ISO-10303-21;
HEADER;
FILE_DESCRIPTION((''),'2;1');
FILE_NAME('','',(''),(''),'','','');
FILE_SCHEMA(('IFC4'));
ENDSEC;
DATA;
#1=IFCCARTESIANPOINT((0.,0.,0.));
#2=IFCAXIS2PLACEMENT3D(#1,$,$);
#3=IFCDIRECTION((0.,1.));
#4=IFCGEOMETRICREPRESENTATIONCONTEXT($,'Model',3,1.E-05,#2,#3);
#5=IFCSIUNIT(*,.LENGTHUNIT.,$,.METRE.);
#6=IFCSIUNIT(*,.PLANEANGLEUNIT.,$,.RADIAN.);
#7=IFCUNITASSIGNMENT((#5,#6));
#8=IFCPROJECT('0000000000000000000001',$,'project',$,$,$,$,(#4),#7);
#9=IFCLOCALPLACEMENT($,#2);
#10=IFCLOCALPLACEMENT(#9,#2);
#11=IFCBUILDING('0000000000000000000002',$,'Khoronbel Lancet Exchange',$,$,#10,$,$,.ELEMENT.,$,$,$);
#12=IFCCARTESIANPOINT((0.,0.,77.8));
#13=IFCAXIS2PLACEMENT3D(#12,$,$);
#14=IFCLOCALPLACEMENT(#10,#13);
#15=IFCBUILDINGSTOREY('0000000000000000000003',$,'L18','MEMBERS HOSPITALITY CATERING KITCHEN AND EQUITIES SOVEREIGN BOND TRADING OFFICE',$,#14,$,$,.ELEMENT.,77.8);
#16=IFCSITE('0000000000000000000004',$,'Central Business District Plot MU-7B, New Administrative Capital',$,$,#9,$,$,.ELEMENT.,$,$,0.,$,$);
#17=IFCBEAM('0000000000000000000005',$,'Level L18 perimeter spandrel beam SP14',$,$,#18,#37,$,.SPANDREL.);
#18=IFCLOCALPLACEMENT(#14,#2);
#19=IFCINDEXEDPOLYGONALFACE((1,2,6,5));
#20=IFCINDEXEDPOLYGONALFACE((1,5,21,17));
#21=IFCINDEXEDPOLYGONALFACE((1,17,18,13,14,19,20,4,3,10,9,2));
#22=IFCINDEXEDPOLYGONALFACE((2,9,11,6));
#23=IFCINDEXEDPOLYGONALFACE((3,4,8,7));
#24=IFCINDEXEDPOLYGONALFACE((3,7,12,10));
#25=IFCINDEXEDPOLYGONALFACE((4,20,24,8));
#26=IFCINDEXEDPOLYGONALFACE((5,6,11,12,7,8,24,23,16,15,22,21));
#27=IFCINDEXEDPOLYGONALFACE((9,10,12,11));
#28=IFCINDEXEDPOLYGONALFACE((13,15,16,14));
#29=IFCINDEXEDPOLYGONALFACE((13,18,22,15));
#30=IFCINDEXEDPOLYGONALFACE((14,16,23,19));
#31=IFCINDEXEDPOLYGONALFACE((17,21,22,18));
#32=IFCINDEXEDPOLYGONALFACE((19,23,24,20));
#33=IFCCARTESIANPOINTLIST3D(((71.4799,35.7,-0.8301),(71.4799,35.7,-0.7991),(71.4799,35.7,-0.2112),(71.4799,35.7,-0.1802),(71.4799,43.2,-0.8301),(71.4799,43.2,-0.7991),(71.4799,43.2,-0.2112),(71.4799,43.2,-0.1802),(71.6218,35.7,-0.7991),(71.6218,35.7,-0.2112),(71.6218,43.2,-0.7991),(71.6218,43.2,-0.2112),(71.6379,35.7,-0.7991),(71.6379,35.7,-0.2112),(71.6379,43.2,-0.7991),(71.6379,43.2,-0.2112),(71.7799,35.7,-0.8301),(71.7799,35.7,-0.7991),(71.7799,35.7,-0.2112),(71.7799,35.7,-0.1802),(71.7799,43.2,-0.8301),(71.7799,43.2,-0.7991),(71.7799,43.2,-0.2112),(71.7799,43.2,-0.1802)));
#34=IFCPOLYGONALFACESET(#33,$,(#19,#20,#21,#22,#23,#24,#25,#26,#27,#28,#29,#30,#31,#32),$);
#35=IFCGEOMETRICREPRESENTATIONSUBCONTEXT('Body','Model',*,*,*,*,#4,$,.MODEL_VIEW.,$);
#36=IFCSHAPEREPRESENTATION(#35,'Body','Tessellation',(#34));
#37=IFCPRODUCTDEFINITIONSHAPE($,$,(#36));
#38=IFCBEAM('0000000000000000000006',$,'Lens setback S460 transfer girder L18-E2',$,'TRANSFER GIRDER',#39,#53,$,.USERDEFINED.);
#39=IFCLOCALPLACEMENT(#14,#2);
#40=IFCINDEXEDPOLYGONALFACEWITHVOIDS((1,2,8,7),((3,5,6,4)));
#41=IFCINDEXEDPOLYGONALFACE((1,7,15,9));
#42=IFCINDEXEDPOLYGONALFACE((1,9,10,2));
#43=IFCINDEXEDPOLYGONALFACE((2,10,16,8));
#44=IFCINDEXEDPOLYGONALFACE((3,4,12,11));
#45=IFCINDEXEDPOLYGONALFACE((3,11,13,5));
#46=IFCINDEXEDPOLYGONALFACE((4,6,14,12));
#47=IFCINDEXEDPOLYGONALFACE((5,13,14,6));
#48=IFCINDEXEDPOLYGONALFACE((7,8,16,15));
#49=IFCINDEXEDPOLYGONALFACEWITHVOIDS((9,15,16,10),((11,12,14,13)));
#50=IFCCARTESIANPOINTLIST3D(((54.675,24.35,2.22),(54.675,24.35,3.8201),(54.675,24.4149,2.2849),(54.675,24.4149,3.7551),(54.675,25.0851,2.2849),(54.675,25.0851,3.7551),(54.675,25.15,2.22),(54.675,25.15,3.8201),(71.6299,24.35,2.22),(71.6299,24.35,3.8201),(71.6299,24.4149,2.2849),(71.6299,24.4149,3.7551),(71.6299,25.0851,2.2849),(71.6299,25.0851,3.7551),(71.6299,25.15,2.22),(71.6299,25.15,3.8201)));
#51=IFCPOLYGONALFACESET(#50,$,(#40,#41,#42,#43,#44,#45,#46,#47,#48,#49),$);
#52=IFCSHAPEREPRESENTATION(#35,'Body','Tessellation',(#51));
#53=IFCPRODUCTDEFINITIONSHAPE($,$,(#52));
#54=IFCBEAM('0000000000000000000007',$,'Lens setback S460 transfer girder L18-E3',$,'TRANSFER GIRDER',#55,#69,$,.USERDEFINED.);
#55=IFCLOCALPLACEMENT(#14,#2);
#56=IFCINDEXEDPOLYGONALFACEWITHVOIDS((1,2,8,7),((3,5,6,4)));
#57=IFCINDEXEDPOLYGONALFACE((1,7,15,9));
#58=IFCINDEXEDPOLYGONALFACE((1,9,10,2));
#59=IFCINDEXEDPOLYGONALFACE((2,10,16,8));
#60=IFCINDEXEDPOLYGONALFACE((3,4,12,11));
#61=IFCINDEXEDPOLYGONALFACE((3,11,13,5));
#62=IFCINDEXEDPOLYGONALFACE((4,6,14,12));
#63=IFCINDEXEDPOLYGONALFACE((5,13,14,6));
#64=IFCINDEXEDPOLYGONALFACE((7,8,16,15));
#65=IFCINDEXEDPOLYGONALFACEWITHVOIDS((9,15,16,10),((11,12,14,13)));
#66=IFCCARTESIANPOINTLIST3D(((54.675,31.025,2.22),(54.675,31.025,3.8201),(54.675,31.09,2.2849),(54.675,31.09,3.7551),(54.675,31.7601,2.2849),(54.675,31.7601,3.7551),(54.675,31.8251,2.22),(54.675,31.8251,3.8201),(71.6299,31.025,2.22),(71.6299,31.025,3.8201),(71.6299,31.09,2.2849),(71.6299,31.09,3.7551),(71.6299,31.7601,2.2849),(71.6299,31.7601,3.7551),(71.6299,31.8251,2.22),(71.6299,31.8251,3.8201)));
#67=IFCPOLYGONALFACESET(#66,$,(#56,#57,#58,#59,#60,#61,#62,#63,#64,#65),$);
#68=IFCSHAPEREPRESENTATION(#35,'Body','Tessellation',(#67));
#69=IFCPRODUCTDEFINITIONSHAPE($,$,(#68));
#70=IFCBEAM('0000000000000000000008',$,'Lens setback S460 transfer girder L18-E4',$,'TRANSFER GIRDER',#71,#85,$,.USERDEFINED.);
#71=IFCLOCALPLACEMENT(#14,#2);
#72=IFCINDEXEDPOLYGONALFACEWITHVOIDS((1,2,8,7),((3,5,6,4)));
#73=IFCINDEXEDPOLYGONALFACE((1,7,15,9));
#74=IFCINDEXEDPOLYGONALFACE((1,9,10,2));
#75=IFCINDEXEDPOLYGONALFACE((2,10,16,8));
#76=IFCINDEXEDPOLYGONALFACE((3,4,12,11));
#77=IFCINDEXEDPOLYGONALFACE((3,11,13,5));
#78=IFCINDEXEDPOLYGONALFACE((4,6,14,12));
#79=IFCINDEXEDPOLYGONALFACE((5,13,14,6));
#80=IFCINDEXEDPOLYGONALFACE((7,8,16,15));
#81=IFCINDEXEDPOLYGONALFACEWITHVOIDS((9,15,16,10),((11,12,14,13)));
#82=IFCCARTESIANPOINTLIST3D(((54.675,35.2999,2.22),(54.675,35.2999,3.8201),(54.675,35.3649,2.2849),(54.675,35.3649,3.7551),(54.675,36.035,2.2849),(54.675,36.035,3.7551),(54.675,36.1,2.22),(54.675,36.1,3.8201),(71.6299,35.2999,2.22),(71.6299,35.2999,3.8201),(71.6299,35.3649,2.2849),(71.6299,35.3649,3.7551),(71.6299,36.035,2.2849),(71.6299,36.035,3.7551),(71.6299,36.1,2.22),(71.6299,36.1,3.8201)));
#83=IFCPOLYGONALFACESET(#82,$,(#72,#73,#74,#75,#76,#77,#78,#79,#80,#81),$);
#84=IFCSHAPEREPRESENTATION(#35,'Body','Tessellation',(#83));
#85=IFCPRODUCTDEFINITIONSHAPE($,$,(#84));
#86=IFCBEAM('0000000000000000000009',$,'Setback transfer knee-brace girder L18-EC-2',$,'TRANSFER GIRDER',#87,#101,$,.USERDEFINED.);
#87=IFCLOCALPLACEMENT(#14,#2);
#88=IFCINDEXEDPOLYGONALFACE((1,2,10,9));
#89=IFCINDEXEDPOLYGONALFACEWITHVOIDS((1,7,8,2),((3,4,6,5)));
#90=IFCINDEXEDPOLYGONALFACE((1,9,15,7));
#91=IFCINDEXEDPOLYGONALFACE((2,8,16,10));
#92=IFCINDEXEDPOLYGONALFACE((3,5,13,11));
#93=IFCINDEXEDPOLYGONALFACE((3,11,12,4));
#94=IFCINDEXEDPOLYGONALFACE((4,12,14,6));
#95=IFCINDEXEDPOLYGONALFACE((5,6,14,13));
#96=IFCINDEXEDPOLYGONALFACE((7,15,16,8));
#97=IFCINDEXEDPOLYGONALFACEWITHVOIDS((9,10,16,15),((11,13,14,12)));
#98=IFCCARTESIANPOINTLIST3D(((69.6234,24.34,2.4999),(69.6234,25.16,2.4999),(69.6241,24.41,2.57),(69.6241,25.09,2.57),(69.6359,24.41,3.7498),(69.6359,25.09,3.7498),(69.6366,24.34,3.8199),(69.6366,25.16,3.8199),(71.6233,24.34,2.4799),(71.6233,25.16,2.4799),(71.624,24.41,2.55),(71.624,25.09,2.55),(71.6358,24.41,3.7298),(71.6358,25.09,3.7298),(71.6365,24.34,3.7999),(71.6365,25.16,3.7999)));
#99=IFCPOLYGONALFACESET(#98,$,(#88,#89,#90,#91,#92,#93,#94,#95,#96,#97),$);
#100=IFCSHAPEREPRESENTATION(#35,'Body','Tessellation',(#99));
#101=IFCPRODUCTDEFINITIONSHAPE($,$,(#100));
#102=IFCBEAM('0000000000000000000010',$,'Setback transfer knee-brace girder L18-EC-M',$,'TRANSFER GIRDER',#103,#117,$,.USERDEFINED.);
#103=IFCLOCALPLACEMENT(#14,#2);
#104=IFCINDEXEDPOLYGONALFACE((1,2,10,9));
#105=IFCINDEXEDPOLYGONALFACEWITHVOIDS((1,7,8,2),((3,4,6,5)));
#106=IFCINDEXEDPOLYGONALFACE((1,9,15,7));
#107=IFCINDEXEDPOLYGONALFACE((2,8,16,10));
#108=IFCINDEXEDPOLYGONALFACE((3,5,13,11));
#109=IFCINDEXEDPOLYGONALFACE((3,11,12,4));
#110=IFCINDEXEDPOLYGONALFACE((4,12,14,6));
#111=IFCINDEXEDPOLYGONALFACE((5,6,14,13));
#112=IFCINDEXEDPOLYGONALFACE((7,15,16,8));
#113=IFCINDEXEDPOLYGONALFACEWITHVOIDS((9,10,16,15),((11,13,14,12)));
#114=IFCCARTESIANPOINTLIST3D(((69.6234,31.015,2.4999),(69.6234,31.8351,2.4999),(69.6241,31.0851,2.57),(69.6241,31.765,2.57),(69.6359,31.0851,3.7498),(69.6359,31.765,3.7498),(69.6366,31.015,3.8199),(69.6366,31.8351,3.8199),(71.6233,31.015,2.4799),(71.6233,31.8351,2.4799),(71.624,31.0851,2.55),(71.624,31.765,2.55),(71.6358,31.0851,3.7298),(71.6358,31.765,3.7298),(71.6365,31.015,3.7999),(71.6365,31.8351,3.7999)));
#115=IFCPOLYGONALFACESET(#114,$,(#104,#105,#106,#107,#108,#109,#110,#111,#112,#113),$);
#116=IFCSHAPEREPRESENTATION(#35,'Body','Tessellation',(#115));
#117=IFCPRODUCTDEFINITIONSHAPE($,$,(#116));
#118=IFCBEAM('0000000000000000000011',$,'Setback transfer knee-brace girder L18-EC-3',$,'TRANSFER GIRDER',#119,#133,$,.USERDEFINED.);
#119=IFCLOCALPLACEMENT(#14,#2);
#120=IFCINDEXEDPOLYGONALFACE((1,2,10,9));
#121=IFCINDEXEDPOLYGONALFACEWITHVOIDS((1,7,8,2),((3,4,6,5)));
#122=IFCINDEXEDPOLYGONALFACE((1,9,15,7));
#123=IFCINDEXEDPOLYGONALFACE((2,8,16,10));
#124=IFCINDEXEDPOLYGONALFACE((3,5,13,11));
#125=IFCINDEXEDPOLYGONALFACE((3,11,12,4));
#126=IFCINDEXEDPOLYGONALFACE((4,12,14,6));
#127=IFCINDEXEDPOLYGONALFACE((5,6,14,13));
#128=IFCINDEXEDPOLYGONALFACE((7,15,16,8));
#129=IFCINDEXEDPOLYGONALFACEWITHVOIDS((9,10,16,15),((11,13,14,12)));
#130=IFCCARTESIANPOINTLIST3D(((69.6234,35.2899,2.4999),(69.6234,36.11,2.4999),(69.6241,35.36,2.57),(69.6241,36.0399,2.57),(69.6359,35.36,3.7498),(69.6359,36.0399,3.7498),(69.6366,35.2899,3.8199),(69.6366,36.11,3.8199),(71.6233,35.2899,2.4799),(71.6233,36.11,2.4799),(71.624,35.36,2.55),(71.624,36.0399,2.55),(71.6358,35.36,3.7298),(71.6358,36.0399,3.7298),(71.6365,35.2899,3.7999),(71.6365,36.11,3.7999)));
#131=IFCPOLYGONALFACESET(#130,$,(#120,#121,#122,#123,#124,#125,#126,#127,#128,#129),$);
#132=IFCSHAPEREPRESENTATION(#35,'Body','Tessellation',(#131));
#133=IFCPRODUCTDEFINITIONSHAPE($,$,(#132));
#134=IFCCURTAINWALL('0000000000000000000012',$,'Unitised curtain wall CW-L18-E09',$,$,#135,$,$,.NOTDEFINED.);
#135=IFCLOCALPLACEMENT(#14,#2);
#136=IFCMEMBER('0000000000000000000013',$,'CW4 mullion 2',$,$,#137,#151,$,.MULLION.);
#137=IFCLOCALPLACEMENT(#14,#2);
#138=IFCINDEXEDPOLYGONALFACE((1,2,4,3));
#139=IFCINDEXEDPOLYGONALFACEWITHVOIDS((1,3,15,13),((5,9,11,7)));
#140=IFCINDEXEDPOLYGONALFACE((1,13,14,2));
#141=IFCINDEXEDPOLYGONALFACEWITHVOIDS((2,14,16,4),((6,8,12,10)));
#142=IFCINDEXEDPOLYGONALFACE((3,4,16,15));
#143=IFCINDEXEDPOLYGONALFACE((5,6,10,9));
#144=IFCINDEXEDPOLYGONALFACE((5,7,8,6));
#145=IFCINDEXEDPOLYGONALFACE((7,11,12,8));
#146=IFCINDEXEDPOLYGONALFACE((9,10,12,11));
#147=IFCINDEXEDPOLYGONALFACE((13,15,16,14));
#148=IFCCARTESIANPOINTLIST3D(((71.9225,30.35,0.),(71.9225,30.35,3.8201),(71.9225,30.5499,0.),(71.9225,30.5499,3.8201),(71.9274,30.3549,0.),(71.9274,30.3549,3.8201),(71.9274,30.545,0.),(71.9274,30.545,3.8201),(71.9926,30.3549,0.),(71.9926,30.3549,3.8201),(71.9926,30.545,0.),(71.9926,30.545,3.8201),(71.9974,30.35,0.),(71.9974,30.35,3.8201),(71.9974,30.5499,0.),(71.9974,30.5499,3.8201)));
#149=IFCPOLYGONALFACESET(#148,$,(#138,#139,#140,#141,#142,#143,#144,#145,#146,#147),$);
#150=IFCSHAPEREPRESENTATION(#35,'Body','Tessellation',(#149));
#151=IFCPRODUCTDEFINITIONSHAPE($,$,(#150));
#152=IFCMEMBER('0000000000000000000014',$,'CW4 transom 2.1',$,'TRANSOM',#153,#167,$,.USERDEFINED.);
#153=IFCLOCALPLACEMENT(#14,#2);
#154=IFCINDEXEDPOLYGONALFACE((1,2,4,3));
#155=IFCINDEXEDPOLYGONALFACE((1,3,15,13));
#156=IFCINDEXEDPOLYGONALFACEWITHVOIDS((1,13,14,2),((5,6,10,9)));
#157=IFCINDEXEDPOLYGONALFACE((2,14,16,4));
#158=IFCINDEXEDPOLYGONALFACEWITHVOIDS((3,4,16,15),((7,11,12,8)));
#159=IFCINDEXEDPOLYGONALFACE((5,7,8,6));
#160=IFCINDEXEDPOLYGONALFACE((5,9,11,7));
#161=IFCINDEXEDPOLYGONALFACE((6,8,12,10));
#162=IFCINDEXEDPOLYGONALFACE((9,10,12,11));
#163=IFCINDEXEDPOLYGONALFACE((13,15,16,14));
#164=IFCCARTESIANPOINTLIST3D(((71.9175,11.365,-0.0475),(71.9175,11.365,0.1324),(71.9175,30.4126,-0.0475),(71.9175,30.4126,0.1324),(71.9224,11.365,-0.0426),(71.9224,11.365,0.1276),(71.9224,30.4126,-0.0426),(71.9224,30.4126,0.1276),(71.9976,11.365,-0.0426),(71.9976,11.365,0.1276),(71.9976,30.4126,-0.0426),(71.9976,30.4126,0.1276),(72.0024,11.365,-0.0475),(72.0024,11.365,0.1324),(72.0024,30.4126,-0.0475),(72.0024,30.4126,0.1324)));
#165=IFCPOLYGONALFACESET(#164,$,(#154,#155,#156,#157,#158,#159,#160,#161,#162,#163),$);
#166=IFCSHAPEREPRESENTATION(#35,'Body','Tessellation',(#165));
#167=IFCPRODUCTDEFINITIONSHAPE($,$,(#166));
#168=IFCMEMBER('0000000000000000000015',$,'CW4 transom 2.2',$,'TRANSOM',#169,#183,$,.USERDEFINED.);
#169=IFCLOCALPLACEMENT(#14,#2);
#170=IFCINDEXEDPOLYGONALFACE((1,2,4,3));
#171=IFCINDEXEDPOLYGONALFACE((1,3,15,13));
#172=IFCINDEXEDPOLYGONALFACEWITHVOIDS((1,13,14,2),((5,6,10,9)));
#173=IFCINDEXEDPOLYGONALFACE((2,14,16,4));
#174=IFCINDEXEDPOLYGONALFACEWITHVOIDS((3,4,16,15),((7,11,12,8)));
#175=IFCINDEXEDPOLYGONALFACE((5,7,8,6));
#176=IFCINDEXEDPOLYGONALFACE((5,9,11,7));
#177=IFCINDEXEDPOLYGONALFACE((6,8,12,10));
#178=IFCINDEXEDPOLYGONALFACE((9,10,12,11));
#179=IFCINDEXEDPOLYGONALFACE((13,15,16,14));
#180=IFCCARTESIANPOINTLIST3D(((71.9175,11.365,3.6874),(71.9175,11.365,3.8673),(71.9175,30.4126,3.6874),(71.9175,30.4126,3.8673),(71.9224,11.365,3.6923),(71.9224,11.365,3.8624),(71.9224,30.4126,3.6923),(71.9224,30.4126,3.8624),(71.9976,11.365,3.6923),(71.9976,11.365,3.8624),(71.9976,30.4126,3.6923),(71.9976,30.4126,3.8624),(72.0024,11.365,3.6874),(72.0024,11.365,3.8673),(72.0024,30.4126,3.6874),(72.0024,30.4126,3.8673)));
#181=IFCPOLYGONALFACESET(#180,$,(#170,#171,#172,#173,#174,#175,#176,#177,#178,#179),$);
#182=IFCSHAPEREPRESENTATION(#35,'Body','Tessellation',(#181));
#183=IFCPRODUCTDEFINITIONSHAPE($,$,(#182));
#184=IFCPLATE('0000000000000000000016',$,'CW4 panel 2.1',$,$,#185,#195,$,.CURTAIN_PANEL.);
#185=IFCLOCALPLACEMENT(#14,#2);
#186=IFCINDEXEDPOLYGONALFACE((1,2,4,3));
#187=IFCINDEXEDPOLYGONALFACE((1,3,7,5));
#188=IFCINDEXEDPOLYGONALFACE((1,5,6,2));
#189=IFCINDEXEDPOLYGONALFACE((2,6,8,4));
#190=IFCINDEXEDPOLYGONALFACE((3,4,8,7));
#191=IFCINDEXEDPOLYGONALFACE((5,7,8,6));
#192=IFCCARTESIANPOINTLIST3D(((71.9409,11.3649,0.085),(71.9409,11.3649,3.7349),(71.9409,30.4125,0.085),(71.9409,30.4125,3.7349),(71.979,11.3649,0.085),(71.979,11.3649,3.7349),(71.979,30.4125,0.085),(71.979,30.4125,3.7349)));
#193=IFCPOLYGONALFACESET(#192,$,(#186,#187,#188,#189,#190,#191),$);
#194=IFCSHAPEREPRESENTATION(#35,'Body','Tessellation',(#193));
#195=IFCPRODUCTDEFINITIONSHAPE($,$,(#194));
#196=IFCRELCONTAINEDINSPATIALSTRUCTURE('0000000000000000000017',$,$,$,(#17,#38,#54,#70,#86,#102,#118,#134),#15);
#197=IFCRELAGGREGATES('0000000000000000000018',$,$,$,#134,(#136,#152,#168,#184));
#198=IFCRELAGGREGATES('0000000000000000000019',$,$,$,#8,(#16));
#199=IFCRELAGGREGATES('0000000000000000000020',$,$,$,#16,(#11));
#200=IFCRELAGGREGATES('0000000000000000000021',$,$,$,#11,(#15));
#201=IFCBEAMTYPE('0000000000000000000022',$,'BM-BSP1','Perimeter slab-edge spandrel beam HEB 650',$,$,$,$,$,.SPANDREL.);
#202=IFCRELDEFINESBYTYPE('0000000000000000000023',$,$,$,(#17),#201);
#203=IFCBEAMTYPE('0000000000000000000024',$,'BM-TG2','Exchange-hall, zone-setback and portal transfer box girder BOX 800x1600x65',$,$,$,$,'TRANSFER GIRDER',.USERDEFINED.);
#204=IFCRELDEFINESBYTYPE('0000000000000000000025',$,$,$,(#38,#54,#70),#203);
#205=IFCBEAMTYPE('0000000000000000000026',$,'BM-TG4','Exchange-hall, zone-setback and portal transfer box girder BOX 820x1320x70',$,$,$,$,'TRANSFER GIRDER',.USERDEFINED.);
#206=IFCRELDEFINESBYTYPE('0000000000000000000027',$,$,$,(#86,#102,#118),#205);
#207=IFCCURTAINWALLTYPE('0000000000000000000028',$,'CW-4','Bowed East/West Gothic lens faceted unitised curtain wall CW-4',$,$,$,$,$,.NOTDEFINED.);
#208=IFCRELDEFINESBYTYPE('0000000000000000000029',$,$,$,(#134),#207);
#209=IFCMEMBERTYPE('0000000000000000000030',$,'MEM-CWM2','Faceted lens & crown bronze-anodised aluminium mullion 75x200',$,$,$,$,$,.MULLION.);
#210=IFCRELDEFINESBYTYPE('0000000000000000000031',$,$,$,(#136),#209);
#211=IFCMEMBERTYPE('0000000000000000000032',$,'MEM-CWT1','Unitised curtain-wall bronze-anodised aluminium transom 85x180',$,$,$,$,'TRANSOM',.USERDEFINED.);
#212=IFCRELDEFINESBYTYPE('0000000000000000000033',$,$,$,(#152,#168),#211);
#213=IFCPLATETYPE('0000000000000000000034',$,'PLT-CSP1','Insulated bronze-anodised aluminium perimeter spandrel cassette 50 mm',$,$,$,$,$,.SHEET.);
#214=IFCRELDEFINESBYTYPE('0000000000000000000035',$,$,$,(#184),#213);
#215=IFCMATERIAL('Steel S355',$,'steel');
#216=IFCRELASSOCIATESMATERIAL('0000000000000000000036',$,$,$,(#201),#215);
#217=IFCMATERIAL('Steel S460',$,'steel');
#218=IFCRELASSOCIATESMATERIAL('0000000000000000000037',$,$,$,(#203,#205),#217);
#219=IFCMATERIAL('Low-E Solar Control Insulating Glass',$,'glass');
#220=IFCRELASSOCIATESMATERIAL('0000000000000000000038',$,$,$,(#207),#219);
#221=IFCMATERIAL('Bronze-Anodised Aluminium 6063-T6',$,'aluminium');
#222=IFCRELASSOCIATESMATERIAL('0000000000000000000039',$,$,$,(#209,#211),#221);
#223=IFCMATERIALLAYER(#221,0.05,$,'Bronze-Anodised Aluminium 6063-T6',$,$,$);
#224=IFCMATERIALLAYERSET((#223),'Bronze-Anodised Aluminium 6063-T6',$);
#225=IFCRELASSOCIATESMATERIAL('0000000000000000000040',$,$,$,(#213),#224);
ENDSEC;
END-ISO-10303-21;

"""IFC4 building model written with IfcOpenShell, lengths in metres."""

from ifc_helpers import new_model, si_unit, direction, frame, origin, origin_2d, place, context, subcontext, project, spatial, rectangle, hollow_rectangle, i_section, extrude, material, layer, layer_set, material_profile, profile_set, type_object, element, aggregate, save


model = new_model("IFC4")

# Units and contexts
model_context = context("Model", 3, precision=1e-05, world=origin(), true_north=direction((0.0, 1.0)))
body_context = subcontext(model_context, "Body", "Model", "MODEL_VIEW")
ifc_project = project(units=[si_unit("LENGTHUNIT", "METRE"), si_unit("PLANEANGLEUNIT", "RADIAN")], contexts=[model_context])

# Site, building, storey
site_placement = place(None, origin())
site = spatial("IfcSite", under=ifc_project, at=site_placement, Name="Central Business District Plot MU-7B, New Administrative Capital", CompositionType="ELEMENT", RefElevation=0.0)
building_placement = place(site_placement, origin())
building = spatial("IfcBuilding", under=site, at=building_placement, Name="Khoronbel Lancet Exchange", CompositionType="ELEMENT")
storey_placement = place(building_placement, frame((0.0, 0.0, 77.8)))
storey = spatial("IfcBuildingStorey", under=building, at=storey_placement, Name="L18", Description="MEMBERS HOSPITALITY CATERING KITCHEN AND EQUITIES SOVEREIGN BOND TRADING OFFICE", CompositionType="ELEMENT", Elevation=77.8)

# Shared definitions
ifc_material_1 = material(Name="Steel S460", Category="steel")
ifc_material_2 = material(Name="Steel S355", Category="steel")

# Beams
ifc_material_profile_1 = material_profile(ifc_material_2, i_section(OverallWidth=0.3, OverallDepth=0.6499, WebThickness=0.0161, FlangeThickness=0.031, at=origin_2d()), Name="HEB 650")
ifc_profile_set_1 = profile_set([ifc_material_profile_1], Name="Steel S355")
beam_type_1 = type_object("IfcBeamType", Name="BM-BSP1", Description="Perimeter slab-edge spandrel beam HEB 650", PredefinedType="SPANDREL", material=ifc_profile_set_1)
beam_1_placement = place(storey_placement, frame((71.6299, 35.7, -0.5051), z_axis=(0.0, 1.0, 0.0), x_axis=(-1.0, 0.0, 0.0)))
element("IfcBeam", 1, at=beam_1_placement, inside=storey, type_object=beam_type_1, Name="Level L18 perimeter spandrel beam SP14", PredefinedType="SPANDREL", context=body_context, shape_type="SweptSolid", body=[
    extrude(i_section(OverallWidth=0.3, OverallDepth=0.6499, WebThickness=0.0161, FlangeThickness=0.031, at=origin_2d()), origin(), (0.0, 0.0, 1.0), 7.5),
])
ifc_material_profile_2 = material_profile(ifc_material_1, hollow_rectangle(XDim=0.8, YDim=1.6001, WallThickness=0.0649, at=origin_2d()), Name="BOX 800x1600x65")
ifc_profile_set_2 = profile_set([ifc_material_profile_2], Name="Steel S460")
beam_type_2 = type_object("IfcBeamType", Name="BM-TG2", Description="Exchange-hall, zone-setback and portal transfer box girder BOX 800x1600x65", ElementType="TRANSFER GIRDER", PredefinedType="USERDEFINED", material=ifc_profile_set_2)
for number, where, z_axis, x_axis, name in (
    (2, (54.675, 24.75, 3.02), (1.0, 0.0, 0.0), (0.0, 1.0, 0.0), "Lens setback S460 transfer girder L18-E2"),
    (3, (54.675, 31.425, 3.02), (1.0, 0.0, 0.0), (0.0, 1.0, 0.0), "Lens setback S460 transfer girder L18-E3"),
    (4, (54.675, 35.7, 3.02), (1.0, 0.0, 0.0), (0.0, 1.0, 0.0), "Lens setback S460 transfer girder L18-E4"),
):
    element("IfcBeam", number, at=place(storey_placement, frame(where, z_axis=z_axis, x_axis=x_axis)), inside=storey, type_object=beam_type_2, Name=name, ObjectType="TRANSFER GIRDER", PredefinedType="USERDEFINED", context=body_context, shape_type="SweptSolid", body=[
        extrude(hollow_rectangle(XDim=0.8, YDim=1.6001, WallThickness=0.0649, at=origin_2d()), origin(), (0.0, 0.0, 1.0), 16.9548),
    ])
ifc_material_profile_3 = material_profile(ifc_material_1, hollow_rectangle(XDim=0.8201, YDim=1.3201, WallThickness=0.0701, at=origin_2d()), Name="BOX 820x1320x70")
ifc_profile_set_3 = profile_set([ifc_material_profile_3], Name="Steel S460")
beam_type_3 = type_object("IfcBeamType", Name="BM-TG4", Description="Exchange-hall, zone-setback and portal transfer box girder BOX 820x1320x70", ElementType="TRANSFER GIRDER", PredefinedType="USERDEFINED", material=ifc_profile_set_3)
for number, where, z_axis, x_axis, name in (
    (5, (71.6299, 24.75, 3.1399), (-0.99995, 0.0, 0.010009), (0.0, -1.0, 0.0), "Setback transfer knee-brace girder L18-EC-2"),
    (6, (71.6299, 31.425, 3.1399), (-0.99995, 0.0, 0.010009), (0.0, -1.0, 0.0), "Setback transfer knee-brace girder L18-EC-M"),
    (7, (71.6299, 35.7, 3.1399), (-0.99995, 0.0, 0.010009), (0.0, -1.0, 0.0), "Setback transfer knee-brace girder L18-EC-3"),
):
    element("IfcBeam", number, at=place(storey_placement, frame(where, z_axis=z_axis, x_axis=x_axis)), inside=storey, type_object=beam_type_3, Name=name, ObjectType="TRANSFER GIRDER", PredefinedType="USERDEFINED", context=body_context, shape_type="SweptSolid", body=[
        extrude(hollow_rectangle(XDim=0.8201, YDim=1.3201, WallThickness=0.0701, at=origin_2d()), origin(), (0.0, 0.0, 1.0), 2.0),
    ])

# Curtain wall, members, plate
ifc_material_3 = material(Name="Low-E Solar Control Insulating Glass", Category="glass")
curtain_wall_type = type_object("IfcCurtainWallType", Name="CW-4", Description="Bowed East/West Gothic lens faceted unitised curtain wall CW-4", PredefinedType="NOTDEFINED", material=ifc_material_3)
curtain_wall_placement = place(storey_placement, origin())
curtain_wall = element("IfcCurtainWall", 8, at=curtain_wall_placement, inside=storey, type_object=curtain_wall_type, Name="Unitised curtain wall CW-L18-E09", PredefinedType="NOTDEFINED")
ifc_material_4 = material(Name="Bronze-Anodised Aluminium 6063-T6", Category="aluminium")
ifc_material_profile_4 = material_profile(ifc_material_4, hollow_rectangle(XDim=0.075, YDim=0.2, WallThickness=0.0049, at=origin_2d()), Name="ALU MULLION 75x200")
ifc_profile_set_4 = profile_set([ifc_material_profile_4], Name="Bronze-Anodised Aluminium 6063-T6")
member_type_1 = type_object("IfcMemberType", Name="MEM-CWM2", Description="Faceted lens & crown bronze-anodised aluminium mullion 75x200", PredefinedType="MULLION", material=ifc_profile_set_4)
member_1_placement = place(storey_placement, frame((71.96, 30.45, 0.0), z_axis=(0.0, 0.0, 1.0), x_axis=(1.0, 0.0, 0.0)))
member_1 = element("IfcMember", 9, at=member_1_placement, type_object=member_type_1, Name="CW4 mullion 2", PredefinedType="MULLION", context=body_context, shape_type="SweptSolid", body=[
    extrude(hollow_rectangle(XDim=0.075, YDim=0.2, WallThickness=0.0049, at=origin_2d()), origin(), (0.0, 0.0, 1.0), 3.8201),
])
ifc_material_profile_5 = material_profile(ifc_material_4, hollow_rectangle(XDim=0.085, YDim=0.1799, WallThickness=0.0049, at=origin_2d()), Name="ALU TRANSOM 85x180")
ifc_profile_set_5 = profile_set([ifc_material_profile_5], Name="Bronze-Anodised Aluminium 6063-T6")
member_type_2 = type_object("IfcMemberType", Name="MEM-CWT1", Description="Unitised curtain-wall bronze-anodised aluminium transom 85x180", ElementType="TRANSOM", PredefinedType="USERDEFINED", material=ifc_profile_set_5)
member_2_placement = place(storey_placement, frame((71.96, 30.4126, 0.0425), z_axis=(0.0, -1.0, 0.0), x_axis=(1.0, 0.0, 0.0)))
member_2 = element("IfcMember", 10, at=member_2_placement, type_object=member_type_2, Name="CW4 transom 2.1", ObjectType="TRANSOM", PredefinedType="USERDEFINED", context=body_context, shape_type="SweptSolid", body=[
    extrude(hollow_rectangle(XDim=0.085, YDim=0.1799, WallThickness=0.0049, at=origin_2d()), origin(), (0.0, 0.0, 1.0), 19.0476),
])
member_3_placement = place(storey_placement, frame((71.96, 30.4126, 3.7773), z_axis=(0.0, -1.0, 0.0), x_axis=(1.0, 0.0, 0.0)))
member_3 = element("IfcMember", 11, at=member_3_placement, type_object=member_type_2, Name="CW4 transom 2.2", ObjectType="TRANSOM", PredefinedType="USERDEFINED", context=body_context, shape_type="SweptSolid", body=[
    extrude(hollow_rectangle(XDim=0.085, YDim=0.1799, WallThickness=0.0049, at=origin_2d()), origin(), (0.0, 0.0, 1.0), 19.0476),
])
ifc_layer_1 = layer(ifc_material_4, 0.05, Name="Bronze-Anodised Aluminium 6063-T6")
ifc_layer_set_1 = layer_set([ifc_layer_1], Name="Bronze-Anodised Aluminium 6063-T6")
plate_type_1 = type_object("IfcPlateType", Name="PLT-CSP1", Description="Insulated bronze-anodised aluminium perimeter spandrel cassette 50 mm", PredefinedType="SHEET", material=ifc_layer_set_1)
plate_1_placement = place(storey_placement, frame((71.96, 20.8887, 0.085), z_axis=(0.0, 0.0, 1.0), x_axis=(0.0, -1.0, 0.0)))
plate_1 = element("IfcPlate", 12, at=plate_1_placement, type_object=plate_type_1, Name="CW4 panel 2.1", PredefinedType="CURTAIN_PANEL", context=body_context, shape_type="SweptSolid", body=[
    extrude(rectangle(XDim=19.0476, YDim=0.0381, at=origin_2d()), origin(), (0.0, 0.0, 1.0), 3.6499),
])
aggregate(curtain_wall, [member_1, member_2, member_3, plate_1])

save(model, "model.ifc")
